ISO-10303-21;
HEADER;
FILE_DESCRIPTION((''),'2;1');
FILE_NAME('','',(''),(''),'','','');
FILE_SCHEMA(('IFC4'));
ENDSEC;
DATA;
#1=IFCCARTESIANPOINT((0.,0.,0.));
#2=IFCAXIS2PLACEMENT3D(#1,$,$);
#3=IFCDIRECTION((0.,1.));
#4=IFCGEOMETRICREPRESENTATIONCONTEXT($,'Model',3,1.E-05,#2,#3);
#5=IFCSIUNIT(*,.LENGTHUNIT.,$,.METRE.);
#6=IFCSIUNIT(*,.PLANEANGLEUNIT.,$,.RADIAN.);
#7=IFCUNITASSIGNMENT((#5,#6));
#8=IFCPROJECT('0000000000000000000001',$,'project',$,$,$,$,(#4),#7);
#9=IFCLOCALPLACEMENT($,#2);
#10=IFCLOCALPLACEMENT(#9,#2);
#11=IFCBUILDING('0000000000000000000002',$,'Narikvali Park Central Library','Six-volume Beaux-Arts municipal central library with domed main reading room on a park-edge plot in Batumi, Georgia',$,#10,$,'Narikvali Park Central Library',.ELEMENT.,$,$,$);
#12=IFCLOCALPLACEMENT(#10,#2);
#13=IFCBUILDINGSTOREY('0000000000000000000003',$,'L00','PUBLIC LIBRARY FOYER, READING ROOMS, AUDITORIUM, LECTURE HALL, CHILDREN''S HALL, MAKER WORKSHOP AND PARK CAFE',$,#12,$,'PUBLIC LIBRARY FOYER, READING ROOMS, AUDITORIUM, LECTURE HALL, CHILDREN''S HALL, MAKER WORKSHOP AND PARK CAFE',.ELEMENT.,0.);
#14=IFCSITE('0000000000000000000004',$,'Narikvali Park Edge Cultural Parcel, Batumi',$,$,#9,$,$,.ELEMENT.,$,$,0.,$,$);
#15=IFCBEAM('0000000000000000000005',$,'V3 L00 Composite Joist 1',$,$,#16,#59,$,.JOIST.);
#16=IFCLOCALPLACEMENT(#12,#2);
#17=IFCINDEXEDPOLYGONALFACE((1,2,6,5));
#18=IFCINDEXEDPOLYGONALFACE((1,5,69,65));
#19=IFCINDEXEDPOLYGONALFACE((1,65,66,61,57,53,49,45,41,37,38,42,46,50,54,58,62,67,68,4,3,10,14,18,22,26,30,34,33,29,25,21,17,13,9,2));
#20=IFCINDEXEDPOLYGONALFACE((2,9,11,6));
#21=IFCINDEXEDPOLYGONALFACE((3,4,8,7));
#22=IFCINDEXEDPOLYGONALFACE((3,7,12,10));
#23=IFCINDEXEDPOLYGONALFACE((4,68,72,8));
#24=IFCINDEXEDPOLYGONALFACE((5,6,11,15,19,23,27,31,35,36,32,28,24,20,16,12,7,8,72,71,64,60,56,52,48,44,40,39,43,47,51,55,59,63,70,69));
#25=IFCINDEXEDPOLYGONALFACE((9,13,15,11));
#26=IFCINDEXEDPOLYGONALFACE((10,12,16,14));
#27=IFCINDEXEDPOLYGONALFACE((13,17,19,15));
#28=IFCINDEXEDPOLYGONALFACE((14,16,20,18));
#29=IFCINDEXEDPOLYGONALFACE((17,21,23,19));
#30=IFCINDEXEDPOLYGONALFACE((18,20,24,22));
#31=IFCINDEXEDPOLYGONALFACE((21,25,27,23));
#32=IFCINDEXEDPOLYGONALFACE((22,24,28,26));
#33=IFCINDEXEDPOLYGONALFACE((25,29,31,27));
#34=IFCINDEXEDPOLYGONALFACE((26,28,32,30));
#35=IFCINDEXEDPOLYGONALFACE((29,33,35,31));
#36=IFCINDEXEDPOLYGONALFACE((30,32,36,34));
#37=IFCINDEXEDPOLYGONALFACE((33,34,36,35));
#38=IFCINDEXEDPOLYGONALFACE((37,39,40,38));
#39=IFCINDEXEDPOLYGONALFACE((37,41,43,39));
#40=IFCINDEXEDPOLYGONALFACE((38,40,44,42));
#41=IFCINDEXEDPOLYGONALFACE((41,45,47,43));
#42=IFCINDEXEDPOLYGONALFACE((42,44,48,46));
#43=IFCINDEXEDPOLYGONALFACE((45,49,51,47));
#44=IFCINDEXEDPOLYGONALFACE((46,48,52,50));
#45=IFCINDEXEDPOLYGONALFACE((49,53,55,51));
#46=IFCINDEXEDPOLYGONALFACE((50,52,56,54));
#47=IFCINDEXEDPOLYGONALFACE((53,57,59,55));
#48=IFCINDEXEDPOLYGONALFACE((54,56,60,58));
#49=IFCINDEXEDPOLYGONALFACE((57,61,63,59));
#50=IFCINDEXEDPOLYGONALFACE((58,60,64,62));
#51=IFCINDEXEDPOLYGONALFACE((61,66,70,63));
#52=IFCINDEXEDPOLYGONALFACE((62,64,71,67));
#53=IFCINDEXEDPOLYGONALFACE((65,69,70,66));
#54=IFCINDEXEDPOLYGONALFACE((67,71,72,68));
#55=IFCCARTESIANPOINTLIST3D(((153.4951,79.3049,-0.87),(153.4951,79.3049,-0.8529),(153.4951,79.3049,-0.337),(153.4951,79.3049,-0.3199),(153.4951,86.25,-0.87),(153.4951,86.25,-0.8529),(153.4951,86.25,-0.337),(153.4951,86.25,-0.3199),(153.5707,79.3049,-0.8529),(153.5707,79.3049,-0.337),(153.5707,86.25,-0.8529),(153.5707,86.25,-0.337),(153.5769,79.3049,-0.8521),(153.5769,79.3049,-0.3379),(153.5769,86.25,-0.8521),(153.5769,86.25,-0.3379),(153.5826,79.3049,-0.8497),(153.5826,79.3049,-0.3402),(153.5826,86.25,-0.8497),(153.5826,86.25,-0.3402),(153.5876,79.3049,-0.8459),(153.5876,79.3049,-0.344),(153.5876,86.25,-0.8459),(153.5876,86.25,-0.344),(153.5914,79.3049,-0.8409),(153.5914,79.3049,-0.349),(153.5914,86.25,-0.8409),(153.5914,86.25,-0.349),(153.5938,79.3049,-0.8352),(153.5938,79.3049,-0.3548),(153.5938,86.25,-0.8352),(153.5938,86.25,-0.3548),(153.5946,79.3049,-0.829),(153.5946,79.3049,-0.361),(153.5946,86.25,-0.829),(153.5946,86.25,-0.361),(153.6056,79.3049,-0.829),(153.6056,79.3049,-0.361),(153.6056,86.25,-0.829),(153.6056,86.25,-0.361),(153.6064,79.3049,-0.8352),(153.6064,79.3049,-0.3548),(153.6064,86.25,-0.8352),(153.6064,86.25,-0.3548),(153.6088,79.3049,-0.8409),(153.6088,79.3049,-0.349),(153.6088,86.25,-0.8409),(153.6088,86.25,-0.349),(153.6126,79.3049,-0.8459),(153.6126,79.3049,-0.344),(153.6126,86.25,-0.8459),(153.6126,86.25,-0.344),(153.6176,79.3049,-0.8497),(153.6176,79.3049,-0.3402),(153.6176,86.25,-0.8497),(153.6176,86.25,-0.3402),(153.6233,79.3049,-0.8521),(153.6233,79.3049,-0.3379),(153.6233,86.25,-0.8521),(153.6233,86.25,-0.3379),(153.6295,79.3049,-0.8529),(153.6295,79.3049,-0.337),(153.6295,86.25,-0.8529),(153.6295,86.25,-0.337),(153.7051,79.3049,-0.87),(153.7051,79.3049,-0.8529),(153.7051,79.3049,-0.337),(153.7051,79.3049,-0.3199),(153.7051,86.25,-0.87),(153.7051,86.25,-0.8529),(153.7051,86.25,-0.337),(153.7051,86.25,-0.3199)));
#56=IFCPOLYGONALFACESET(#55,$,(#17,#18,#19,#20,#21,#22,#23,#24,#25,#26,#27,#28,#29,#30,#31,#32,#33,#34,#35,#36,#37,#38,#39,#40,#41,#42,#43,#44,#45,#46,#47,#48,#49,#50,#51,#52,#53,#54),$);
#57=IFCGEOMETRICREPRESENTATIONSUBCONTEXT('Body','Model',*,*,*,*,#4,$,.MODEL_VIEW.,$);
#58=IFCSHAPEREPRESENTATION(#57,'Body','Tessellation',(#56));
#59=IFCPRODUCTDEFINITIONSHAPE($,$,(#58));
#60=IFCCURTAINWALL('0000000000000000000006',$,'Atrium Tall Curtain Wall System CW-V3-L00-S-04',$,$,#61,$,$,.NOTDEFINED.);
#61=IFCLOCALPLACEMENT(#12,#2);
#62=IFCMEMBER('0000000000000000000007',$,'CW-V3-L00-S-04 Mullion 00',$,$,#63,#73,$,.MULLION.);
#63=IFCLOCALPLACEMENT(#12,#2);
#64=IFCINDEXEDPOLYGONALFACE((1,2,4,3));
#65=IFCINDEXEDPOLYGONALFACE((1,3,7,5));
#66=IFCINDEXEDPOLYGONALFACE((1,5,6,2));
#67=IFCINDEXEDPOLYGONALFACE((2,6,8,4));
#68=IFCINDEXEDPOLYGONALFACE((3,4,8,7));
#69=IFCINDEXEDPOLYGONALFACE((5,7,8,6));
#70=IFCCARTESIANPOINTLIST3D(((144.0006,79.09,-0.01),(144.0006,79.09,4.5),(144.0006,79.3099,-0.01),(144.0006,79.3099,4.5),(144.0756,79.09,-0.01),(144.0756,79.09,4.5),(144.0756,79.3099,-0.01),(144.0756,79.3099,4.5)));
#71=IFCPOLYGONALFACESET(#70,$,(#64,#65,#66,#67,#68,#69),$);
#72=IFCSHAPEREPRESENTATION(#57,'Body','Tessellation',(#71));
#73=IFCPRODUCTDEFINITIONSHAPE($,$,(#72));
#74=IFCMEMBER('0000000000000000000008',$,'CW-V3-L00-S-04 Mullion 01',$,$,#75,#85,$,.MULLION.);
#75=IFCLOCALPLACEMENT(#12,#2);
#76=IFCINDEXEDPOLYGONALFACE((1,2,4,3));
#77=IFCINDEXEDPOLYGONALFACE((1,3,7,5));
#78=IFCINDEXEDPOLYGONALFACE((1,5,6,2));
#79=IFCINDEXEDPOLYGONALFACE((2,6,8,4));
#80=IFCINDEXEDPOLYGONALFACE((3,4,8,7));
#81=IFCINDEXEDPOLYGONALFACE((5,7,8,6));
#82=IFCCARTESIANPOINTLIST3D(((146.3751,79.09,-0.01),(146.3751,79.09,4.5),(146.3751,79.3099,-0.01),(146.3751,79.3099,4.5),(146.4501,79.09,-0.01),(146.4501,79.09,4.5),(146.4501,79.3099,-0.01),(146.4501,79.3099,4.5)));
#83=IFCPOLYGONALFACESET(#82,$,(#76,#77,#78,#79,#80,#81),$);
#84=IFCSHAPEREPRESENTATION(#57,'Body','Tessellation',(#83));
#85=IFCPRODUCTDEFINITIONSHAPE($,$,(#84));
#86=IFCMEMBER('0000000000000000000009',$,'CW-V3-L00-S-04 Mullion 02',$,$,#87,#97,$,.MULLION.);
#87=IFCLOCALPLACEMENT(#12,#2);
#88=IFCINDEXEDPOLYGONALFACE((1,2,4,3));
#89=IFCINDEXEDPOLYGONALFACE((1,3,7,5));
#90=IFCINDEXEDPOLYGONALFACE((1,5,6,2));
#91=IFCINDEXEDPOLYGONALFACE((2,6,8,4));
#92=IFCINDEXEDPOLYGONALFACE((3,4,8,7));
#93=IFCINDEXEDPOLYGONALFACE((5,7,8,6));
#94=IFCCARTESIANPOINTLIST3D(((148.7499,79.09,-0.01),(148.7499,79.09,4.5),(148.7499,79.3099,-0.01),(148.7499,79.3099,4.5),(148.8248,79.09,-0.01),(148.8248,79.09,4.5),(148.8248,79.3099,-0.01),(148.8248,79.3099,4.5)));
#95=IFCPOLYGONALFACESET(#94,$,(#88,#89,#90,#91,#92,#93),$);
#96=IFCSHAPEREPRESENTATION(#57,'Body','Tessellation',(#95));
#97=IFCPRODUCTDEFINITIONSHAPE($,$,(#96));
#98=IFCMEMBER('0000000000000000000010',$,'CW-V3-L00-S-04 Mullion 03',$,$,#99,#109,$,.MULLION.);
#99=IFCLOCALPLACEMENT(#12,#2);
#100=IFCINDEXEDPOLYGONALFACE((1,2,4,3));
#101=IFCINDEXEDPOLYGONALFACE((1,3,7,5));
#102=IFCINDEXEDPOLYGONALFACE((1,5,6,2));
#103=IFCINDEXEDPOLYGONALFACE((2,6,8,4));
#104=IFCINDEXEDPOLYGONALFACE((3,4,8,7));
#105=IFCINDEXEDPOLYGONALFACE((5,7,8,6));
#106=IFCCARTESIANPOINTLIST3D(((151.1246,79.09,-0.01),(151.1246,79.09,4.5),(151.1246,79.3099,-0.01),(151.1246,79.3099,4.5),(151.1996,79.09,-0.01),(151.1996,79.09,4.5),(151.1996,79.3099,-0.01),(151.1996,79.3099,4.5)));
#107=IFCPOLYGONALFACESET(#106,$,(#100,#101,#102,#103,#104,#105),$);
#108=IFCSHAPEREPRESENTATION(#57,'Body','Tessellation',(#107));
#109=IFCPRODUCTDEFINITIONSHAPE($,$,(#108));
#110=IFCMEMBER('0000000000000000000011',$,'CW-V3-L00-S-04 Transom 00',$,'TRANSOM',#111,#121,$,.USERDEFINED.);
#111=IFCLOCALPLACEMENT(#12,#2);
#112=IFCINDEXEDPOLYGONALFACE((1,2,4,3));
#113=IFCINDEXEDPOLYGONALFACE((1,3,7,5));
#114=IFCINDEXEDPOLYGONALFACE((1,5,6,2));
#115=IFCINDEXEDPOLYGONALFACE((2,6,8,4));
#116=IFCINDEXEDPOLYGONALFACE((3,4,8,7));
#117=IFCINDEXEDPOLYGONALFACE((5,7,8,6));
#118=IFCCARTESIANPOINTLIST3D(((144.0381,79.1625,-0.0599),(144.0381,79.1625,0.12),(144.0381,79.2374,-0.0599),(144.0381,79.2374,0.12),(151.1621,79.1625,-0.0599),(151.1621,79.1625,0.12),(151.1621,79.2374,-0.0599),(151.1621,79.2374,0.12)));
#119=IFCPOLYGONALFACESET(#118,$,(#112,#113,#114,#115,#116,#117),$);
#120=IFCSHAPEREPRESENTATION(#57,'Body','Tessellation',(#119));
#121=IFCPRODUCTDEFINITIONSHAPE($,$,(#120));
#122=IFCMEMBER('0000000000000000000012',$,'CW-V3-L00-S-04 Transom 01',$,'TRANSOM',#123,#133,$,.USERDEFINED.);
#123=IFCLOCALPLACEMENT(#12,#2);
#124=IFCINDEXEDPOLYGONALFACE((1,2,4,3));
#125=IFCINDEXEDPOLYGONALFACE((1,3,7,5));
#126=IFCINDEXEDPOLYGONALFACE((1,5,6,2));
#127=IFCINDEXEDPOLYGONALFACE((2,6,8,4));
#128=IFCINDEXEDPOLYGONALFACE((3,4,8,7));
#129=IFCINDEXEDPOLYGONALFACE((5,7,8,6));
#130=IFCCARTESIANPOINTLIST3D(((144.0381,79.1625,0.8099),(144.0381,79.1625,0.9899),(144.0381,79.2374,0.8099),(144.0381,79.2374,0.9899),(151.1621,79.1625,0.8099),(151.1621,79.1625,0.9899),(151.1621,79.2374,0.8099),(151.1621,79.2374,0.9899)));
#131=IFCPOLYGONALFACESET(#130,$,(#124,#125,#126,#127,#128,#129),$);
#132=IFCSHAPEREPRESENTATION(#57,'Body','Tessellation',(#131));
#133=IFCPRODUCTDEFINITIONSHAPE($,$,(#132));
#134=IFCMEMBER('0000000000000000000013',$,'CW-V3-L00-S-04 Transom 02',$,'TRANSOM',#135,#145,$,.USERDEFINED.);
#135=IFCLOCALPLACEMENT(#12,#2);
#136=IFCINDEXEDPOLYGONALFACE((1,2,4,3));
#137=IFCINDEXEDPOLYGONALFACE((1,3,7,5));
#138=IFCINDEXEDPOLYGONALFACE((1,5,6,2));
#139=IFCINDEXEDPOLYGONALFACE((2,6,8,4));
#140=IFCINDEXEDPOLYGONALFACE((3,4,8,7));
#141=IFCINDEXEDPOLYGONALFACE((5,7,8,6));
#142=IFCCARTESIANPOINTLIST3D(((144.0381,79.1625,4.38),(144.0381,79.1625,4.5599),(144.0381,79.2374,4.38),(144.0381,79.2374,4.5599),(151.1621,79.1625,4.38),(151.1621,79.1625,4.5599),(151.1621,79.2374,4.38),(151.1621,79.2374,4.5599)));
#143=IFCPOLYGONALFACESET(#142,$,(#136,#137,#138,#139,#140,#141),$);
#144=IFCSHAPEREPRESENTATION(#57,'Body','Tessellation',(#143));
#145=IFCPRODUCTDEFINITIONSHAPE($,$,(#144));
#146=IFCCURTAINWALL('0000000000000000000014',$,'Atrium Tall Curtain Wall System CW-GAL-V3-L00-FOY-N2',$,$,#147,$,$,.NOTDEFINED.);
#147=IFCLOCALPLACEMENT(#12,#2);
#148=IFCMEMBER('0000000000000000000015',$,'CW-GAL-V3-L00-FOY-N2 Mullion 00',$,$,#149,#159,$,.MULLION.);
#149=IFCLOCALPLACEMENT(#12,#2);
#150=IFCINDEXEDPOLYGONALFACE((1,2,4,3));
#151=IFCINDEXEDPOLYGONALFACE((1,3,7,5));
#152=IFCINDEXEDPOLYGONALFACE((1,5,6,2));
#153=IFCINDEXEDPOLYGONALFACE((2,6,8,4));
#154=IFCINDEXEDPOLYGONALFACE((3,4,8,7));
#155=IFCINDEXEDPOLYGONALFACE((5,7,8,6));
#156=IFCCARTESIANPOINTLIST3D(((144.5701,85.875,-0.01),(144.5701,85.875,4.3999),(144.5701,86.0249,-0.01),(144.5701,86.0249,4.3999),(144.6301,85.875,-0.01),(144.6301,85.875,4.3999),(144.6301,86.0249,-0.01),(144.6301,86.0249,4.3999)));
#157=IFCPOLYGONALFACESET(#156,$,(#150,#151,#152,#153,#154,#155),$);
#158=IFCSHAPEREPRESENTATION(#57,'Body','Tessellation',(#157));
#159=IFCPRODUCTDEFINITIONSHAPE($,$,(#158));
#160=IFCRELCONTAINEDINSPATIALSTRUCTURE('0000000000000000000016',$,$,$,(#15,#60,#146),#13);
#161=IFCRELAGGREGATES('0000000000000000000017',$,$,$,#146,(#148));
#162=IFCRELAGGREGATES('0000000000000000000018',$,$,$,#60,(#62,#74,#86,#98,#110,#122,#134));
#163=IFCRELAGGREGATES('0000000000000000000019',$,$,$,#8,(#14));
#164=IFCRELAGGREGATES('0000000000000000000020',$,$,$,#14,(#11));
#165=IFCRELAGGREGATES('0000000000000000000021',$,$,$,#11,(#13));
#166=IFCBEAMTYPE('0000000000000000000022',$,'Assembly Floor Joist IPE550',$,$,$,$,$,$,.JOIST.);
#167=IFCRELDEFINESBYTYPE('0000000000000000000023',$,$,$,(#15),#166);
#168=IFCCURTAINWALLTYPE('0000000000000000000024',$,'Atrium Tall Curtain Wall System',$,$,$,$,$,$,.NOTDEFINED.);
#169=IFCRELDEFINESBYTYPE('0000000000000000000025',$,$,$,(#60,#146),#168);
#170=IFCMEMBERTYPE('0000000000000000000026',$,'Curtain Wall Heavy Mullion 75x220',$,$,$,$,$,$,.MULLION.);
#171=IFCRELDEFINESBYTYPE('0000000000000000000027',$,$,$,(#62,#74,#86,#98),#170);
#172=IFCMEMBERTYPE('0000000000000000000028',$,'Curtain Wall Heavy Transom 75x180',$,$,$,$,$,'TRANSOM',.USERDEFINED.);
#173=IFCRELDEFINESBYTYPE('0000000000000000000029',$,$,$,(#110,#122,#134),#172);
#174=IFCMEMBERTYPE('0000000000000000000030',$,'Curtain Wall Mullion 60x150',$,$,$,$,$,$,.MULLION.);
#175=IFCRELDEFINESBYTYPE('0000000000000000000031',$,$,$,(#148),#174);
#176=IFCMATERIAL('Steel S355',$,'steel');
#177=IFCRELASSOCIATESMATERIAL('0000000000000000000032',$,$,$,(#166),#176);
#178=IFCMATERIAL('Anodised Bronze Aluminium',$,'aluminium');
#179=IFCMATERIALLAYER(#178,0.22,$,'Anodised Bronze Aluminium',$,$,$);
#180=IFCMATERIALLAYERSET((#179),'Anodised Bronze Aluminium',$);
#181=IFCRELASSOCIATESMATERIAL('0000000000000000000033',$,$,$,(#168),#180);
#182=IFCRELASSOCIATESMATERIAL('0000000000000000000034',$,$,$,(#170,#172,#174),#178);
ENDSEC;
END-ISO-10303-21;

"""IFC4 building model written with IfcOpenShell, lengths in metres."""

from ifc_helpers import new_model, si_unit, direction, frame, origin, origin_2d, place, context, subcontext, project, spatial, rectangle, i_section, extrude, material, layer, layer_set, material_profile, profile_set, type_object, element, aggregate, save


model = new_model("IFC4")

# Units and contexts
model_context = context("Model", 3, precision=1e-05, world=origin(), true_north=direction((0.0, 1.0)))
body_context = subcontext(model_context, "Body", "Model", "MODEL_VIEW")
ifc_project = project(units=[si_unit("LENGTHUNIT", "METRE"), si_unit("PLANEANGLEUNIT", "RADIAN")], contexts=[model_context])

# Site, building, storey
site_placement = place(None, origin())
site = spatial("IfcSite", under=ifc_project, at=site_placement, Name="Narikvali Park Edge Cultural Parcel, Batumi", CompositionType="ELEMENT", RefElevation=0.0)
building_placement = place(site_placement, origin())
building = spatial("IfcBuilding", under=site, at=building_placement, Name="Narikvali Park Central Library", Description="Six-volume Beaux-Arts municipal central library with domed main reading room on a park-edge plot in Batumi, Georgia", LongName="Narikvali Park Central Library", CompositionType="ELEMENT")
storey_placement = place(building_placement, origin())
storey = spatial("IfcBuildingStorey", under=building, at=storey_placement, Name="L00", Description="PUBLIC LIBRARY FOYER, READING ROOMS, AUDITORIUM, LECTURE HALL, CHILDREN'S HALL, MAKER WORKSHOP AND PARK CAFE", LongName="PUBLIC LIBRARY FOYER, READING ROOMS, AUDITORIUM, LECTURE HALL, CHILDREN'S HALL, MAKER WORKSHOP AND PARK CAFE", CompositionType="ELEMENT", Elevation=0.0)

# Shared definitions
ifc_material_1 = material(Name="Steel S355", Category="steel")

# Beam
ifc_material_profile_1 = material_profile(ifc_material_1, i_section(OverallWidth=0.21, OverallDepth=0.55, WebThickness=0.011, FlangeThickness=0.0171, FilletRadius=0.0239, at=origin_2d()), Name="IPE 550")
ifc_profile_set_1 = profile_set([ifc_material_profile_1], Name="Steel S355")
beam_type_1 = type_object("IfcBeamType", Name="Assembly Floor Joist IPE550", PredefinedType="JOIST", material=ifc_profile_set_1)
for number, where, z_axis, x_axis, name in (
    (1, (153.6001, 79.3049, -0.595), (0.0, 1.0, 0.0), (-1.0, 0.0, 0.0), "V3 L00 Composite Joist 1"),
):
    element("IfcBeam", number, at=place(storey_placement, frame(where, z_axis=z_axis, x_axis=x_axis)), inside=storey, type_object=beam_type_1, Name=name, PredefinedType="JOIST", context=body_context, shape_type="SweptSolid", body=[
        extrude(i_section(OverallWidth=0.21, OverallDepth=0.55, WebThickness=0.011, FlangeThickness=0.0171, FilletRadius=0.0239, at=origin_2d()), origin(), (0.0, 0.0, 1.0), 6.9451),
    ])

# Curtain wall, members
ifc_material_2 = material(Name="Anodised Bronze Aluminium", Category="aluminium")
ifc_layer_1 = layer(ifc_material_2, 0.22, Name="Anodised Bronze Aluminium")
ifc_layer_set_1 = layer_set([ifc_layer_1], Name="Anodised Bronze Aluminium")
curtain_wall_type = type_object("IfcCurtainWallType", Name="Atrium Tall Curtain Wall System", PredefinedType="NOTDEFINED", material=ifc_layer_set_1)
curtain_wall_1_placement = place(storey_placement, origin())
curtain_wall_1 = element("IfcCurtainWall", 2, at=curtain_wall_1_placement, inside=storey, type_object=curtain_wall_type, Name="Atrium Tall Curtain Wall System CW-V3-L00-S-04", PredefinedType="NOTDEFINED")
ifc_material_profile_2 = material_profile(ifc_material_2, rectangle(XDim=0.075, YDim=0.22, at=origin_2d()), Name="CW MULLION 75x220")
ifc_profile_set_2 = profile_set([ifc_material_profile_2], Name="Anodised Bronze Aluminium")
member_type_1 = type_object("IfcMemberType", Name="Curtain Wall Heavy Mullion 75x220", PredefinedType="MULLION", material=ifc_profile_set_2)
member_1_placement = place(storey_placement, frame((144.0381, 79.2, -0.01), z_axis=(0.0, 0.0, 1.0), x_axis=(1.0, 0.0, 0.0)))
member_1 = element("IfcMember", 3, at=member_1_placement, type_object=member_type_1, Name="CW-V3-L00-S-04 Mullion 00", PredefinedType="MULLION", context=body_context, shape_type="SweptSolid", body=[
    extrude(rectangle(XDim=0.075, YDim=0.22, at=origin_2d()), origin(), (0.0, 0.0, 1.0), 4.51),
])
member_2_placement = place(storey_placement, frame((146.4126, 79.2, -0.01), z_axis=(0.0, 0.0, 1.0), x_axis=(1.0, 0.0, 0.0)))
member_2 = element("IfcMember", 4, at=member_2_placement, type_object=member_type_1, Name="CW-V3-L00-S-04 Mullion 01", PredefinedType="MULLION", context=body_context, shape_type="SweptSolid", body=[
    extrude(rectangle(XDim=0.075, YDim=0.22, at=origin_2d()), origin(), (0.0, 0.0, 1.0), 4.51),
])
member_3_placement = place(storey_placement, frame((148.7874, 79.2, -0.01), z_axis=(0.0, 0.0, 1.0), x_axis=(1.0, 0.0, 0.0)))
member_3 = element("IfcMember", 5, at=member_3_placement, type_object=member_type_1, Name="CW-V3-L00-S-04 Mullion 02", PredefinedType="MULLION", context=body_context, shape_type="SweptSolid", body=[
    extrude(rectangle(XDim=0.075, YDim=0.22, at=origin_2d()), origin(), (0.0, 0.0, 1.0), 4.51),
])
member_4_placement = place(storey_placement, frame((151.1621, 79.2, -0.01), z_axis=(0.0, 0.0, 1.0), x_axis=(1.0, 0.0, 0.0)))
member_4 = element("IfcMember", 6, at=member_4_placement, type_object=member_type_1, Name="CW-V3-L00-S-04 Mullion 03", PredefinedType="MULLION", context=body_context, shape_type="SweptSolid", body=[
    extrude(rectangle(XDim=0.075, YDim=0.22, at=origin_2d()), origin(), (0.0, 0.0, 1.0), 4.51),
])
ifc_material_profile_3 = material_profile(ifc_material_2, rectangle(XDim=0.075, YDim=0.1799, at=origin_2d()), Name="CW TRANSOM 75x180")
ifc_profile_set_3 = profile_set([ifc_material_profile_3], Name="Anodised Bronze Aluminium")
member_type_2 = type_object("IfcMemberType", Name="Curtain Wall Heavy Transom 75x180", ElementType="TRANSOM", PredefinedType="USERDEFINED", material=ifc_profile_set_3)
member_5_placement = place(storey_placement, frame((144.0381, 79.2, 0.03), z_axis=(1.0, 0.0, 0.0), x_axis=(0.0, 1.0, 0.0)))
member_5 = element("IfcMember", 7, at=member_5_placement, type_object=member_type_2, Name="CW-V3-L00-S-04 Transom 00", ObjectType="TRANSOM", PredefinedType="USERDEFINED", context=body_context, shape_type="SweptSolid", body=[
    extrude(rectangle(XDim=0.075, YDim=0.1799, at=origin_2d()), origin(), (0.0, 0.0, 1.0), 7.124),
])
member_6_placement = place(storey_placement, frame((144.0381, 79.2, 0.8999), z_axis=(1.0, 0.0, 0.0), x_axis=(0.0, 1.0, 0.0)))
member_6 = element("IfcMember", 8, at=member_6_placement, type_object=member_type_2, Name="CW-V3-L00-S-04 Transom 01", ObjectType="TRANSOM", PredefinedType="USERDEFINED", context=body_context, shape_type="SweptSolid", body=[
    extrude(rectangle(XDim=0.075, YDim=0.1799, at=origin_2d()), origin(), (0.0, 0.0, 1.0), 7.124),
])
member_7_placement = place(storey_placement, frame((144.0381, 79.2, 4.47), z_axis=(1.0, 0.0, 0.0), x_axis=(0.0, 1.0, 0.0)))
member_7 = element("IfcMember", 9, at=member_7_placement, type_object=member_type_2, Name="CW-V3-L00-S-04 Transom 02", ObjectType="TRANSOM", PredefinedType="USERDEFINED", context=body_context, shape_type="SweptSolid", body=[
    extrude(rectangle(XDim=0.075, YDim=0.1799, at=origin_2d()), origin(), (0.0, 0.0, 1.0), 7.124),
])

# Curtain wall, member
curtain_wall_2_placement = place(storey_placement, origin())
curtain_wall_2 = element("IfcCurtainWall", 10, at=curtain_wall_2_placement, inside=storey, type_object=curtain_wall_type, Name="Atrium Tall Curtain Wall System CW-GAL-V3-L00-FOY-N2", PredefinedType="NOTDEFINED")
ifc_material_profile_4 = material_profile(ifc_material_2, rectangle(XDim=0.0601, YDim=0.1499, at=origin_2d()), Name="CW MULLION 60x150")
ifc_profile_set_4 = profile_set([ifc_material_profile_4], Name="Anodised Bronze Aluminium")
member_type_3 = type_object("IfcMemberType", Name="Curtain Wall Mullion 60x150", PredefinedType="MULLION", material=ifc_profile_set_4)
member_8_placement = place(storey_placement, frame((144.6001, 85.95, -0.01), z_axis=(0.0, 0.0, 1.0), x_axis=(1.0, 0.0, 0.0)))
member_8 = element("IfcMember", 11, at=member_8_placement, type_object=member_type_3, Name="CW-GAL-V3-L00-FOY-N2 Mullion 00", PredefinedType="MULLION", context=body_context, shape_type="SweptSolid", body=[
    extrude(rectangle(XDim=0.0601, YDim=0.1499, at=origin_2d()), origin(), (0.0, 0.0, 1.0), 4.4099),
])
aggregate(curtain_wall_2, [member_8])

aggregate(curtain_wall_1, [member_1, member_2, member_3, member_4, member_5, member_6, member_7])

save(model, "model.ifc")
